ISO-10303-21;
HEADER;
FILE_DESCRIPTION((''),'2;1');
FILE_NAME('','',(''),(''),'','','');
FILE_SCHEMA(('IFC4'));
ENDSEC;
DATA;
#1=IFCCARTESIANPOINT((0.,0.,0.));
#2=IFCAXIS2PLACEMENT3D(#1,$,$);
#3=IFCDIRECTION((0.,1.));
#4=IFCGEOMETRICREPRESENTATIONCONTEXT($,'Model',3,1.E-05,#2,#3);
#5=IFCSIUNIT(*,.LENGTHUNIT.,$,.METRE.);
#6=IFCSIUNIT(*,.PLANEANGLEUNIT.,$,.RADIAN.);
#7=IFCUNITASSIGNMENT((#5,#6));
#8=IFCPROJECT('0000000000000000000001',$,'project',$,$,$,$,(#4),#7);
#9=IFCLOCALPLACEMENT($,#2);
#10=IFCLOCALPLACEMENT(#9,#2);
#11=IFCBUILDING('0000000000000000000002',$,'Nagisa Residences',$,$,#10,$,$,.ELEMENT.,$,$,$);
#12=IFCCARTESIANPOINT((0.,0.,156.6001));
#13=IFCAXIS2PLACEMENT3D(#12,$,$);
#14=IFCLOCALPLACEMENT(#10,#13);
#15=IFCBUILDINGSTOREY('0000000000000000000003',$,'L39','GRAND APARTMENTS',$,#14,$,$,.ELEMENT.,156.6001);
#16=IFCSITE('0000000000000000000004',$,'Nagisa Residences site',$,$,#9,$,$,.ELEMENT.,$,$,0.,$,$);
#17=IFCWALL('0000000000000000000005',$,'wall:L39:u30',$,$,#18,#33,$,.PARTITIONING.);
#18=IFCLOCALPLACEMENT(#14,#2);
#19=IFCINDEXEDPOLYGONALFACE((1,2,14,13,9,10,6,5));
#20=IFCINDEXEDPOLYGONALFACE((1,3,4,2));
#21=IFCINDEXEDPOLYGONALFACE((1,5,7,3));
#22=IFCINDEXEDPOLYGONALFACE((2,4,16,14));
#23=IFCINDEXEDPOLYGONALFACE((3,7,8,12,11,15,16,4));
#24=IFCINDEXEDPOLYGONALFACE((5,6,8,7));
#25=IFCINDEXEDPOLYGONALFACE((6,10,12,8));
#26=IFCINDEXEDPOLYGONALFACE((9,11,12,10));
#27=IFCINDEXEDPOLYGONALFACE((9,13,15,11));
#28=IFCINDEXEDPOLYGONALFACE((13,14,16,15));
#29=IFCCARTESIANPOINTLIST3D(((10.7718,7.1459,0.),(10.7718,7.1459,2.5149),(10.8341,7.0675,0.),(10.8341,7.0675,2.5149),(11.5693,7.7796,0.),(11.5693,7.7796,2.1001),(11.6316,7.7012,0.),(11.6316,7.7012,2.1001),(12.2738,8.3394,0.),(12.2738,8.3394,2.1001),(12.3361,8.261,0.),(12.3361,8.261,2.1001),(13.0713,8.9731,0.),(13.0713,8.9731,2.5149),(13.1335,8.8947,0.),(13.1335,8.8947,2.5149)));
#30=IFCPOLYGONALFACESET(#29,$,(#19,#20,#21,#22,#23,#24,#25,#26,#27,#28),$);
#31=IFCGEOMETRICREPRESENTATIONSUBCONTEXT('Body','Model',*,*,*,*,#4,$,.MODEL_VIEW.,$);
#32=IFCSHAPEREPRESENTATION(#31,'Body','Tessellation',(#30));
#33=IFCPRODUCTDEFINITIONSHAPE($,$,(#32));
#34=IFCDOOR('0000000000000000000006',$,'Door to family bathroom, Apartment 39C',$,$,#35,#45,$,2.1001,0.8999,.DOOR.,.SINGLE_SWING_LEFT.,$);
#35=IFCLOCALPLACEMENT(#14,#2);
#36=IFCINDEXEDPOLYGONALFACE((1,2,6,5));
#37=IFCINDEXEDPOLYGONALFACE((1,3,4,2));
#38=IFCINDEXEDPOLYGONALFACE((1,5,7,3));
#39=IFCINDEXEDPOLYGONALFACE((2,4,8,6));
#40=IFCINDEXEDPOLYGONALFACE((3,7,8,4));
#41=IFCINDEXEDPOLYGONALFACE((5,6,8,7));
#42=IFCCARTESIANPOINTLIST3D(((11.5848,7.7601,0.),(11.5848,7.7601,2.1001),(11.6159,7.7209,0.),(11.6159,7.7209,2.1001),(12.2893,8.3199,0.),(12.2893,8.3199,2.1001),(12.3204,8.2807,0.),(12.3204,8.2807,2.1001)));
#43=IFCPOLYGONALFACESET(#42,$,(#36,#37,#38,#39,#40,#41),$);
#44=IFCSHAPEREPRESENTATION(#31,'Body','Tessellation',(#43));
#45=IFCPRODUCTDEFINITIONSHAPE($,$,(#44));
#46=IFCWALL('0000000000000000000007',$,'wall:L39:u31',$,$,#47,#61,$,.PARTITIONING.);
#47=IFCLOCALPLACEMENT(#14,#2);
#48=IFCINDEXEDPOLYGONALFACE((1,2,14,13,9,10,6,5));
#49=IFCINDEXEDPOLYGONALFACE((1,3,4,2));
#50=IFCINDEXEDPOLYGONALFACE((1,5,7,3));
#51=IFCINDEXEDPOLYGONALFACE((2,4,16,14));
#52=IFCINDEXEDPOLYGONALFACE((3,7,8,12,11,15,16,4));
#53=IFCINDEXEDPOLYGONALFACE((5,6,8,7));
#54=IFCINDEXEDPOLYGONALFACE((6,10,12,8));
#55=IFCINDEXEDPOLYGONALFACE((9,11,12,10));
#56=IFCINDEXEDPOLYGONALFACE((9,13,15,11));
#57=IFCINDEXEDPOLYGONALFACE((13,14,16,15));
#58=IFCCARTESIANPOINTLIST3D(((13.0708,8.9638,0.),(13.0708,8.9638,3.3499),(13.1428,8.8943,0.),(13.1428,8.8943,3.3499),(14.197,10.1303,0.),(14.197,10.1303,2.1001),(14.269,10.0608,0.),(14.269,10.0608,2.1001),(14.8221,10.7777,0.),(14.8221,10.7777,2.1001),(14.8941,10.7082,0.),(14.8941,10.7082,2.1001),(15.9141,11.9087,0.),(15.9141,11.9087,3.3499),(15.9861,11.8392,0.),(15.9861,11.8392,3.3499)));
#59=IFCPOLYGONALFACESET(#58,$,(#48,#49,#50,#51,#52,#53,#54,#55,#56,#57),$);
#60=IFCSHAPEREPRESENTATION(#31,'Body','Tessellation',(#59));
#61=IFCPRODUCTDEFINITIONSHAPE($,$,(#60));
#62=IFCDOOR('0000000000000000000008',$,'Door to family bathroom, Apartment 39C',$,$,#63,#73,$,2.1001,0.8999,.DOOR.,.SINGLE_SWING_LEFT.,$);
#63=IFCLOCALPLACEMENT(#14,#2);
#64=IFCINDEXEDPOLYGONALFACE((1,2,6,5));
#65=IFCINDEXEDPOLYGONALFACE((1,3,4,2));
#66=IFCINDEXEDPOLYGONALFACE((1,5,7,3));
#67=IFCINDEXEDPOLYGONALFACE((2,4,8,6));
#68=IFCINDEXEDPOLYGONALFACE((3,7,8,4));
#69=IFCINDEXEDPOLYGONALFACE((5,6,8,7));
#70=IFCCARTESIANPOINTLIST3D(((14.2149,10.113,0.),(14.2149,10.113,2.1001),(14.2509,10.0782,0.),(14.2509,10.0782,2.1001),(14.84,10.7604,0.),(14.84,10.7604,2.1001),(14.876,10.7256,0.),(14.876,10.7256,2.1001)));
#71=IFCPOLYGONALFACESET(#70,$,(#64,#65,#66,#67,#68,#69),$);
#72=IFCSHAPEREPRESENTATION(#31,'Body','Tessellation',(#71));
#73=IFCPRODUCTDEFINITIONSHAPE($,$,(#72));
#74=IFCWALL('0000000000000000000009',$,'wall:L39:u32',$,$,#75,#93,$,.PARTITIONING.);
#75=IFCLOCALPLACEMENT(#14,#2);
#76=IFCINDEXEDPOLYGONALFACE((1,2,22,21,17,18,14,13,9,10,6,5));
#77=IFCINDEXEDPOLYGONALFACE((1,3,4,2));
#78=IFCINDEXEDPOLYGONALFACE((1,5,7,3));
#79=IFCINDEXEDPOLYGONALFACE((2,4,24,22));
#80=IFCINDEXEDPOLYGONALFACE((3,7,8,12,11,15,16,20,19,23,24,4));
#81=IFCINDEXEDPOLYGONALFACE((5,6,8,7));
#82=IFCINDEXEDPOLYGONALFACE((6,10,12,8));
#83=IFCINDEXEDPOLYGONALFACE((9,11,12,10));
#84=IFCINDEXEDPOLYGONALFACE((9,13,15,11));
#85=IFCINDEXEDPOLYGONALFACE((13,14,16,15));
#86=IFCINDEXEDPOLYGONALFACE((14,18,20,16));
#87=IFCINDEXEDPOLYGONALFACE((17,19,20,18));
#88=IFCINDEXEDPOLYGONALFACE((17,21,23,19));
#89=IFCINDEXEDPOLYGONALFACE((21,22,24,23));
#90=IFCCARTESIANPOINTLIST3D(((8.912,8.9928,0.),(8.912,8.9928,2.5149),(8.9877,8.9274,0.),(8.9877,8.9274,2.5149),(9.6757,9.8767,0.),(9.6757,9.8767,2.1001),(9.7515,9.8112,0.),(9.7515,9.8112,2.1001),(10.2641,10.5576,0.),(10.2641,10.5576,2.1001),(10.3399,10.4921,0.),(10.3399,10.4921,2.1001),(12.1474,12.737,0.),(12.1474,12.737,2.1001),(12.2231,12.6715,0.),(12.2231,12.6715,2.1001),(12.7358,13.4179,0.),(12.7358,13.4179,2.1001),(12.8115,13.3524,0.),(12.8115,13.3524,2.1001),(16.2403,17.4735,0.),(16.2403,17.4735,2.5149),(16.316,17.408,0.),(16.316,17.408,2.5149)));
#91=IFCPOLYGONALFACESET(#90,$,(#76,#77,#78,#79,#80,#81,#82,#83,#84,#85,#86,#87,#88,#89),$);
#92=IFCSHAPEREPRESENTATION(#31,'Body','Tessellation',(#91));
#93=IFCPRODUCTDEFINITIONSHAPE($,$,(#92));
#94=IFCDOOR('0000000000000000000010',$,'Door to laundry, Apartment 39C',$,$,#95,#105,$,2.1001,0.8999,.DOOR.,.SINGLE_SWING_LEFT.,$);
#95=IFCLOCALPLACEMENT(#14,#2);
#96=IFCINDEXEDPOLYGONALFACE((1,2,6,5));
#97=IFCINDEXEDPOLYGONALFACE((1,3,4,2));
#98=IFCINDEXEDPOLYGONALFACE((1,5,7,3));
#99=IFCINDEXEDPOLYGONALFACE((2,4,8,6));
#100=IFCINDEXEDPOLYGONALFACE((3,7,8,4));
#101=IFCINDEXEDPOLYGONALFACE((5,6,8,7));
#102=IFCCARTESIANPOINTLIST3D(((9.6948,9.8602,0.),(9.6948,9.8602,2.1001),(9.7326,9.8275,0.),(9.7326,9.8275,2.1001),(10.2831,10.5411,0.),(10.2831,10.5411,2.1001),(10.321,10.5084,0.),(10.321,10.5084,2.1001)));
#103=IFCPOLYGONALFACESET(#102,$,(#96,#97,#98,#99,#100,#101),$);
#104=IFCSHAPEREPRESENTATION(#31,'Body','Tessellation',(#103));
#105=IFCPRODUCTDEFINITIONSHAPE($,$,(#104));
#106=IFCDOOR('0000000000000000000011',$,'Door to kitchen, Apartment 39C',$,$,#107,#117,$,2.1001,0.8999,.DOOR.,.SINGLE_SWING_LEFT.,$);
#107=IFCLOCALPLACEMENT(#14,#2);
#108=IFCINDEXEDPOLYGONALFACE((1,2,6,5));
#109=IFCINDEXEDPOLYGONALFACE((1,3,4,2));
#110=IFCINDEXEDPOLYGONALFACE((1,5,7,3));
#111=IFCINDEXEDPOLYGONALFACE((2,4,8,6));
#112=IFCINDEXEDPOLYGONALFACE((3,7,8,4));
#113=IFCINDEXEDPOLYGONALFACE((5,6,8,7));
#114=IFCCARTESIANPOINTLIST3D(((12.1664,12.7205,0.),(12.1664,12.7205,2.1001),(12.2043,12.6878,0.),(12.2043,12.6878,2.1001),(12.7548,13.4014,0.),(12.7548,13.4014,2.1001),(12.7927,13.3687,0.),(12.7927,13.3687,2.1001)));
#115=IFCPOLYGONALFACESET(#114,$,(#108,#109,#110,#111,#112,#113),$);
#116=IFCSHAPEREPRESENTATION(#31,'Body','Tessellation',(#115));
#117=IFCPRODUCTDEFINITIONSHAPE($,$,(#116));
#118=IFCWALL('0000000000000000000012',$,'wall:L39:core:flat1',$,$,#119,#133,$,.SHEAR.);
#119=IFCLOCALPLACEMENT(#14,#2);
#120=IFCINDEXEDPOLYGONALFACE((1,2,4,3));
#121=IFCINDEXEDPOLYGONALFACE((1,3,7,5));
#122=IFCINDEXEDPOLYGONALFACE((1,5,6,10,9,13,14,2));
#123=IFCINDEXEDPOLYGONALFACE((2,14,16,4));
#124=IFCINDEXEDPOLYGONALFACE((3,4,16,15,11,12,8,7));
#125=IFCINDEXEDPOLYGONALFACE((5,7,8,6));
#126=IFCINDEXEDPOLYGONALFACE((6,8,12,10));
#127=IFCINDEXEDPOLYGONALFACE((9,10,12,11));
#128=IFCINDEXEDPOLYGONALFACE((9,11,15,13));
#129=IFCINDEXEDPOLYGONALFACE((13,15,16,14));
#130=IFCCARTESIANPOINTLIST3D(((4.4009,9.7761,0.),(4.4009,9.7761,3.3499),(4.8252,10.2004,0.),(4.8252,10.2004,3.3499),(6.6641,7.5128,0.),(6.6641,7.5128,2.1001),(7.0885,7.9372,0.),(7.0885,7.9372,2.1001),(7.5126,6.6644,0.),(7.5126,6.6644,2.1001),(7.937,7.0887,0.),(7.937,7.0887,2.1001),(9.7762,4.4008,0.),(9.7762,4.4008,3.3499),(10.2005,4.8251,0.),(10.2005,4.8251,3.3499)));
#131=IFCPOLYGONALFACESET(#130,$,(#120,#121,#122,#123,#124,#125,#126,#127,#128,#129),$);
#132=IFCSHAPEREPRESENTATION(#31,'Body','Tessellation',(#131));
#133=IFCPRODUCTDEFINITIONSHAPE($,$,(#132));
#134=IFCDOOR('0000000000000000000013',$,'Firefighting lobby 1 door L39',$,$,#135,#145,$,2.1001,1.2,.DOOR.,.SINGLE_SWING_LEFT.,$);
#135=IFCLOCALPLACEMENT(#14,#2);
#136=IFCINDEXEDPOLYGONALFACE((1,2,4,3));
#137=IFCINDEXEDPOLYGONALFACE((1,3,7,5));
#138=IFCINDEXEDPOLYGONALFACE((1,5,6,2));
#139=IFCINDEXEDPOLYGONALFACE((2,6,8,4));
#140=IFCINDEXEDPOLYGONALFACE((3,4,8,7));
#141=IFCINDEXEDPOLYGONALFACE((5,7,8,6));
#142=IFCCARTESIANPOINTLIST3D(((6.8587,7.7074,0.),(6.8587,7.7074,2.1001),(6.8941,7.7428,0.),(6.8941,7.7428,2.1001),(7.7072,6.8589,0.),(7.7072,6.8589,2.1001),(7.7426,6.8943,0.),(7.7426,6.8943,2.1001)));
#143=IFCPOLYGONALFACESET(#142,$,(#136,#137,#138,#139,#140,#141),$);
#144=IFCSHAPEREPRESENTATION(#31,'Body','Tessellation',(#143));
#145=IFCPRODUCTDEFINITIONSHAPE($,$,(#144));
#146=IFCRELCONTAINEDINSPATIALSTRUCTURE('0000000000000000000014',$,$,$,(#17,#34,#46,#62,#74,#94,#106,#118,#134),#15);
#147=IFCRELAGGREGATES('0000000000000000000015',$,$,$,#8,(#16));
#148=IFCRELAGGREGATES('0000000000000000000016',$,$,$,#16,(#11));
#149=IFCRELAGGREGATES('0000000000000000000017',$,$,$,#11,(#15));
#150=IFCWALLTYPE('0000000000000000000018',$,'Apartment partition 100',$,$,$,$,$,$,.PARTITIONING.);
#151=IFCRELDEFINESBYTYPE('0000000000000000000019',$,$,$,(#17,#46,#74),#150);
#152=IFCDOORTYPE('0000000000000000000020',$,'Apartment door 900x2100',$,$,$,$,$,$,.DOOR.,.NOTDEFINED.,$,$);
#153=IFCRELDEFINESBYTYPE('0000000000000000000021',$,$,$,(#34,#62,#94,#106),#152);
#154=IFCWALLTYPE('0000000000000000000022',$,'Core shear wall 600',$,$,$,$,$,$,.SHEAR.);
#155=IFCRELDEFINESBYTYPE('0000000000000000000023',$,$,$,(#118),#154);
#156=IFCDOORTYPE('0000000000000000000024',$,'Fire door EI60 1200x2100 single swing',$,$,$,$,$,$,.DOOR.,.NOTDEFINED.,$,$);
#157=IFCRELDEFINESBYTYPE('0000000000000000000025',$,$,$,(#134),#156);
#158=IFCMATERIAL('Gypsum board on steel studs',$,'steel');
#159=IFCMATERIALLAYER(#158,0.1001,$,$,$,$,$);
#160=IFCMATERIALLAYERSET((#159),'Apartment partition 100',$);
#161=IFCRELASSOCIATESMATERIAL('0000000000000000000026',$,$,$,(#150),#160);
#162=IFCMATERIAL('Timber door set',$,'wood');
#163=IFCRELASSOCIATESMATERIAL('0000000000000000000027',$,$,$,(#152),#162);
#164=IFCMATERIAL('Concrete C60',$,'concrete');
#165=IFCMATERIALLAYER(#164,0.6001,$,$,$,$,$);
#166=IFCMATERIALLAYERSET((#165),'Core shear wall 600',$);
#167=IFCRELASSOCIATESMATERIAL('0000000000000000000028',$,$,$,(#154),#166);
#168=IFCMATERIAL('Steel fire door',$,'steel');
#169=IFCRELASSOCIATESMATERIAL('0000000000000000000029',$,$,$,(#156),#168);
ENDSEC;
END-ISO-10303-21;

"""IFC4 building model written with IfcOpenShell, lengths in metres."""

from ifc_helpers import new_model, si_unit, direction, frame, frame_2d, origin, place, context, subcontext, project, spatial, rectangle, extrude, material, layer, layer_set, type_object, element, fill, save


model = new_model("IFC4")

# Units and contexts
model_context = context("Model", 3, precision=1e-05, world=origin(), true_north=direction((0.0, 1.0)))
body_context = subcontext(model_context, "Body", "Model", "MODEL_VIEW")
ifc_project = project(units=[si_unit("LENGTHUNIT", "METRE"), si_unit("PLANEANGLEUNIT", "RADIAN")], contexts=[model_context])

# Site, building, storey
site_placement = place(None, origin())
site = spatial("IfcSite", under=ifc_project, at=site_placement, Name="Nagisa Residences site", CompositionType="ELEMENT", RefElevation=0.0)
building_placement = place(site_placement, origin())
building = spatial("IfcBuilding", under=site, at=building_placement, Name="Nagisa Residences", CompositionType="ELEMENT")
storey_placement = place(building_placement, frame((0.0, 0.0, 156.6001)))
storey = spatial("IfcBuildingStorey", under=building, at=storey_placement, Name="L39", Description="GRAND APARTMENTS", CompositionType="ELEMENT", Elevation=156.6001)

# Shared definitions
ifc_material_1 = material(Name="Gypsum board on steel studs", Category="steel")
ifc_layer_1 = layer(ifc_material_1, 0.1001)
ifc_layer_set_1 = layer_set([ifc_layer_1], Name="Apartment partition 100")
wall_type_1 = type_object("IfcWallType", Name="Apartment partition 100", PredefinedType="PARTITIONING", material=ifc_layer_set_1)
ifc_material_2 = material(Name="Timber door set", Category="wood")
door_type_1 = type_object("IfcDoorType", Name="Apartment door 900x2100", OperationType="NOTDEFINED", PredefinedType="DOOR", material=ifc_material_2)

# Walls, openings, doors
wall_1_placement = place(storey_placement, frame((10.803, 7.1067, 0.0), z_axis=(0.0, 0.0, 1.0), x_axis=(0.782908, 0.622137, 0.0)))
wall_1 = element("IfcWall", 1, at=wall_1_placement, inside=storey, type_object=wall_type_1, Name="wall:L39:u30", PredefinedType="PARTITIONING", context=body_context, shape_type="SweptSolid", body=[
    extrude(rectangle(XDim=2.937, YDim=0.1001, at=frame_2d((1.4685, 0.0))), origin(), (0.0, 0.0, 1.0), 2.5149),
])
opening_1_placement = place(wall_1_placement, frame((1.0186, 0.0, 0.0)))
opening_1 = element("IfcOpeningElement", 2, at=opening_1_placement, cuts=wall_1, PredefinedType="OPENING", context=body_context, shape_type="SweptSolid", body=[
    extrude(rectangle(XDim=0.8999, YDim=2.1001, at=frame_2d((0.45, 1.05))), frame((0.0, 0.0601, 0.0), z_axis=(0.0, -1.0, 0.0), x_axis=(1.0, 0.0, 0.0)), (0.0, 0.0, 1.0), 0.1201),
])
door_1_placement = place(opening_1_placement, frame((0.8999, 0.0, 0.0), x_axis=(-1.0, 0.0, 0.0)))
door_1 = element("IfcDoor", 3, at=door_1_placement, inside=storey, type_object=door_type_1, Name="Door to family bathroom, Apartment 39C", OperationType="SINGLE_SWING_LEFT", OverallHeight=2.1001, OverallWidth=0.8999, PredefinedType="DOOR", context=body_context, shape_type="SweptSolid", body=[
    extrude(rectangle(XDim=0.8999, YDim=2.1001, at=frame_2d((0.45, 1.05))), frame((0.0, 0.0249, 0.0), z_axis=(0.0, -1.0, 0.0), x_axis=(1.0, 0.0, 0.0)), (0.0, 0.0, 1.0), 0.05),
])
fill(opening_1, door_1)
wall_2_placement = place(storey_placement, frame((13.1067, 8.929, 0.0), z_axis=(0.0, 0.0, 1.0), x_axis=(0.694592, 0.719404, 0.0)))
wall_2 = element("IfcWall", 4, at=wall_2_placement, inside=storey, type_object=wall_type_1, Name="wall:L39:u31", PredefinedType="PARTITIONING", context=body_context, shape_type="SweptSolid", body=[
    extrude(rectangle(XDim=4.0935, YDim=0.1001, at=frame_2d((2.0469, 0.0))), origin(), (0.0, 0.0, 1.0), 3.3499),
])
opening_2_placement = place(wall_2_placement, frame((1.6216, 0.0, 0.0)))
opening_2 = element("IfcOpeningElement", 5, at=opening_2_placement, cuts=wall_2, PredefinedType="OPENING", context=body_context, shape_type="SweptSolid", body=[
    extrude(rectangle(XDim=0.8999, YDim=2.1001, at=frame_2d((0.45, 1.05))), frame((0.0, 0.0601, 0.0), z_axis=(0.0, -1.0, 0.0), x_axis=(1.0, 0.0, 0.0)), (0.0, 0.0, 1.0), 0.1201),
])
door_2_placement = place(opening_2_placement, frame((0.8999, 0.0, 0.0), x_axis=(-1.0, 0.0, 0.0)))
door_2 = element("IfcDoor", 6, at=door_2_placement, inside=storey, type_object=door_type_1, Name="Door to family bathroom, Apartment 39C", OperationType="SINGLE_SWING_LEFT", OverallHeight=2.1001, OverallWidth=0.8999, PredefinedType="DOOR", context=body_context, shape_type="SweptSolid", body=[
    extrude(rectangle(XDim=0.8999, YDim=2.1001, at=frame_2d((0.45, 1.05))), frame((0.0, 0.0249, 0.0), z_axis=(0.0, -1.0, 0.0), x_axis=(1.0, 0.0, 0.0)), (0.0, 0.0, 1.0), 0.05),
])
fill(opening_2, door_2)

# Wall, openings, doors
wall_3_placement = place(storey_placement, frame((8.95, 8.9602, 0.0), z_axis=(0.0, 0.0, 1.0), x_axis=(0.65383, 0.756641, 0.0)))
wall_3 = element("IfcWall", 7, at=wall_3_placement, inside=storey, type_object=wall_type_1, Name="wall:L39:u32", PredefinedType="PARTITIONING", context=body_context, shape_type="SweptSolid", body=[
    extrude(rectangle(XDim=11.2083, YDim=0.1001, at=frame_2d((5.604, 0.0))), origin(), (0.0, 0.0, 1.0), 2.5149),
])
opening_3_placement = place(wall_3_placement, frame((1.168, 0.0, 0.0)))
opening_3 = element("IfcOpeningElement", 8, at=opening_3_placement, cuts=wall_3, PredefinedType="OPENING", context=body_context, shape_type="SweptSolid", body=[
    extrude(rectangle(XDim=0.8999, YDim=2.1001, at=frame_2d((0.45, 1.05))), frame((0.0, 0.0601, 0.0), z_axis=(0.0, -1.0, 0.0), x_axis=(1.0, 0.0, 0.0)), (0.0, 0.0, 1.0), 0.1201),
])
opening_4_placement = place(wall_3_placement, frame((4.9482, 0.0, 0.0)))
opening_4 = element("IfcOpeningElement", 9, at=opening_4_placement, cuts=wall_3, PredefinedType="OPENING", context=body_context, shape_type="SweptSolid", body=[
    extrude(rectangle(XDim=0.8999, YDim=2.1001, at=frame_2d((0.45, 1.05))), frame((0.0, 0.0601, 0.0), z_axis=(0.0, -1.0, 0.0), x_axis=(1.0, 0.0, 0.0)), (0.0, 0.0, 1.0), 0.1201),
])
door_3_placement = place(opening_3_placement, origin())
door_3 = element("IfcDoor", 10, at=door_3_placement, inside=storey, type_object=door_type_1, Name="Door to laundry, Apartment 39C", OperationType="SINGLE_SWING_LEFT", OverallHeight=2.1001, OverallWidth=0.8999, PredefinedType="DOOR", context=body_context, shape_type="SweptSolid", body=[
    extrude(rectangle(XDim=0.8999, YDim=2.1001, at=frame_2d((0.45, 1.05))), frame((0.0, 0.0249, 0.0), z_axis=(0.0, -1.0, 0.0), x_axis=(1.0, 0.0, 0.0)), (0.0, 0.0, 1.0), 0.05),
])
fill(opening_3, door_3)
door_4_placement = place(opening_4_placement, origin())
door_4 = element("IfcDoor", 11, at=door_4_placement, inside=storey, type_object=door_type_1, Name="Door to kitchen, Apartment 39C", OperationType="SINGLE_SWING_LEFT", OverallHeight=2.1001, OverallWidth=0.8999, PredefinedType="DOOR", context=body_context, shape_type="SweptSolid", body=[
    extrude(rectangle(XDim=0.8999, YDim=2.1001, at=frame_2d((0.45, 1.05))), frame((0.0, 0.0249, 0.0), z_axis=(0.0, -1.0, 0.0), x_axis=(1.0, 0.0, 0.0)), (0.0, 0.0, 1.0), 0.05),
])
fill(opening_4, door_4)

# Wall, opening, door
ifc_material_3 = material(Name="Concrete C60", Category="concrete")
ifc_layer_2 = layer(ifc_material_3, 0.6001)
ifc_layer_set_2 = layer_set([ifc_layer_2], Name="Core shear wall 600")
wall_type_2 = type_object("IfcWallType", Name="Core shear wall 600", PredefinedType="SHEAR", material=ifc_layer_set_2)
wall_4_placement = place(storey_placement, frame((9.9883, 4.613, 0.0), z_axis=(0.0, 0.0, 1.0), x_axis=(-0.707107, 0.707107, 0.0)))
wall_4 = element("IfcWall", 12, at=wall_4_placement, inside=storey, type_object=wall_type_2, Name="wall:L39:core:flat1", PredefinedType="SHEAR", context=body_context, shape_type="SweptSolid", body=[
    extrude(rectangle(XDim=7.6018, YDim=0.6001, at=frame_2d((3.8008, 0.0))), origin(), (0.0, 0.0, 1.0), 3.3499),
])
opening_5_placement = place(wall_4_placement, frame((3.2009, 0.0, 0.0)))
opening_5 = element("IfcOpeningElement", 13, at=opening_5_placement, cuts=wall_4, PredefinedType="OPENING", context=body_context, shape_type="SweptSolid", body=[
    extrude(rectangle(XDim=1.2, YDim=2.1001, at=frame_2d((0.6001, 1.05))), frame((0.0, 0.3101, 0.0), z_axis=(0.0, -1.0, 0.0), x_axis=(1.0, 0.0, 0.0)), (0.0, 0.0, 1.0), 0.6201),
])
ifc_material_4 = material(Name="Steel fire door", Category="steel")
door_type_2 = type_object("IfcDoorType", Name="Fire door EI60 1200x2100 single swing", OperationType="NOTDEFINED", PredefinedType="DOOR", material=ifc_material_4)
door_5_placement = place(opening_5_placement, origin())
door_5 = element("IfcDoor", 14, at=door_5_placement, inside=storey, type_object=door_type_2, Name="Firefighting lobby 1 door L39", OperationType="SINGLE_SWING_LEFT", OverallHeight=2.1001, OverallWidth=1.2, PredefinedType="DOOR", context=body_context, shape_type="SweptSolid", body=[
    extrude(rectangle(XDim=1.2, YDim=2.1001, at=frame_2d((0.6001, 1.05))), frame((0.0, 0.0249, 0.0), z_axis=(0.0, -1.0, 0.0), x_axis=(1.0, 0.0, 0.0)), (0.0, 0.0, 1.0), 0.05),
])
fill(opening_5, door_5)

save(model, "model.ifc")
